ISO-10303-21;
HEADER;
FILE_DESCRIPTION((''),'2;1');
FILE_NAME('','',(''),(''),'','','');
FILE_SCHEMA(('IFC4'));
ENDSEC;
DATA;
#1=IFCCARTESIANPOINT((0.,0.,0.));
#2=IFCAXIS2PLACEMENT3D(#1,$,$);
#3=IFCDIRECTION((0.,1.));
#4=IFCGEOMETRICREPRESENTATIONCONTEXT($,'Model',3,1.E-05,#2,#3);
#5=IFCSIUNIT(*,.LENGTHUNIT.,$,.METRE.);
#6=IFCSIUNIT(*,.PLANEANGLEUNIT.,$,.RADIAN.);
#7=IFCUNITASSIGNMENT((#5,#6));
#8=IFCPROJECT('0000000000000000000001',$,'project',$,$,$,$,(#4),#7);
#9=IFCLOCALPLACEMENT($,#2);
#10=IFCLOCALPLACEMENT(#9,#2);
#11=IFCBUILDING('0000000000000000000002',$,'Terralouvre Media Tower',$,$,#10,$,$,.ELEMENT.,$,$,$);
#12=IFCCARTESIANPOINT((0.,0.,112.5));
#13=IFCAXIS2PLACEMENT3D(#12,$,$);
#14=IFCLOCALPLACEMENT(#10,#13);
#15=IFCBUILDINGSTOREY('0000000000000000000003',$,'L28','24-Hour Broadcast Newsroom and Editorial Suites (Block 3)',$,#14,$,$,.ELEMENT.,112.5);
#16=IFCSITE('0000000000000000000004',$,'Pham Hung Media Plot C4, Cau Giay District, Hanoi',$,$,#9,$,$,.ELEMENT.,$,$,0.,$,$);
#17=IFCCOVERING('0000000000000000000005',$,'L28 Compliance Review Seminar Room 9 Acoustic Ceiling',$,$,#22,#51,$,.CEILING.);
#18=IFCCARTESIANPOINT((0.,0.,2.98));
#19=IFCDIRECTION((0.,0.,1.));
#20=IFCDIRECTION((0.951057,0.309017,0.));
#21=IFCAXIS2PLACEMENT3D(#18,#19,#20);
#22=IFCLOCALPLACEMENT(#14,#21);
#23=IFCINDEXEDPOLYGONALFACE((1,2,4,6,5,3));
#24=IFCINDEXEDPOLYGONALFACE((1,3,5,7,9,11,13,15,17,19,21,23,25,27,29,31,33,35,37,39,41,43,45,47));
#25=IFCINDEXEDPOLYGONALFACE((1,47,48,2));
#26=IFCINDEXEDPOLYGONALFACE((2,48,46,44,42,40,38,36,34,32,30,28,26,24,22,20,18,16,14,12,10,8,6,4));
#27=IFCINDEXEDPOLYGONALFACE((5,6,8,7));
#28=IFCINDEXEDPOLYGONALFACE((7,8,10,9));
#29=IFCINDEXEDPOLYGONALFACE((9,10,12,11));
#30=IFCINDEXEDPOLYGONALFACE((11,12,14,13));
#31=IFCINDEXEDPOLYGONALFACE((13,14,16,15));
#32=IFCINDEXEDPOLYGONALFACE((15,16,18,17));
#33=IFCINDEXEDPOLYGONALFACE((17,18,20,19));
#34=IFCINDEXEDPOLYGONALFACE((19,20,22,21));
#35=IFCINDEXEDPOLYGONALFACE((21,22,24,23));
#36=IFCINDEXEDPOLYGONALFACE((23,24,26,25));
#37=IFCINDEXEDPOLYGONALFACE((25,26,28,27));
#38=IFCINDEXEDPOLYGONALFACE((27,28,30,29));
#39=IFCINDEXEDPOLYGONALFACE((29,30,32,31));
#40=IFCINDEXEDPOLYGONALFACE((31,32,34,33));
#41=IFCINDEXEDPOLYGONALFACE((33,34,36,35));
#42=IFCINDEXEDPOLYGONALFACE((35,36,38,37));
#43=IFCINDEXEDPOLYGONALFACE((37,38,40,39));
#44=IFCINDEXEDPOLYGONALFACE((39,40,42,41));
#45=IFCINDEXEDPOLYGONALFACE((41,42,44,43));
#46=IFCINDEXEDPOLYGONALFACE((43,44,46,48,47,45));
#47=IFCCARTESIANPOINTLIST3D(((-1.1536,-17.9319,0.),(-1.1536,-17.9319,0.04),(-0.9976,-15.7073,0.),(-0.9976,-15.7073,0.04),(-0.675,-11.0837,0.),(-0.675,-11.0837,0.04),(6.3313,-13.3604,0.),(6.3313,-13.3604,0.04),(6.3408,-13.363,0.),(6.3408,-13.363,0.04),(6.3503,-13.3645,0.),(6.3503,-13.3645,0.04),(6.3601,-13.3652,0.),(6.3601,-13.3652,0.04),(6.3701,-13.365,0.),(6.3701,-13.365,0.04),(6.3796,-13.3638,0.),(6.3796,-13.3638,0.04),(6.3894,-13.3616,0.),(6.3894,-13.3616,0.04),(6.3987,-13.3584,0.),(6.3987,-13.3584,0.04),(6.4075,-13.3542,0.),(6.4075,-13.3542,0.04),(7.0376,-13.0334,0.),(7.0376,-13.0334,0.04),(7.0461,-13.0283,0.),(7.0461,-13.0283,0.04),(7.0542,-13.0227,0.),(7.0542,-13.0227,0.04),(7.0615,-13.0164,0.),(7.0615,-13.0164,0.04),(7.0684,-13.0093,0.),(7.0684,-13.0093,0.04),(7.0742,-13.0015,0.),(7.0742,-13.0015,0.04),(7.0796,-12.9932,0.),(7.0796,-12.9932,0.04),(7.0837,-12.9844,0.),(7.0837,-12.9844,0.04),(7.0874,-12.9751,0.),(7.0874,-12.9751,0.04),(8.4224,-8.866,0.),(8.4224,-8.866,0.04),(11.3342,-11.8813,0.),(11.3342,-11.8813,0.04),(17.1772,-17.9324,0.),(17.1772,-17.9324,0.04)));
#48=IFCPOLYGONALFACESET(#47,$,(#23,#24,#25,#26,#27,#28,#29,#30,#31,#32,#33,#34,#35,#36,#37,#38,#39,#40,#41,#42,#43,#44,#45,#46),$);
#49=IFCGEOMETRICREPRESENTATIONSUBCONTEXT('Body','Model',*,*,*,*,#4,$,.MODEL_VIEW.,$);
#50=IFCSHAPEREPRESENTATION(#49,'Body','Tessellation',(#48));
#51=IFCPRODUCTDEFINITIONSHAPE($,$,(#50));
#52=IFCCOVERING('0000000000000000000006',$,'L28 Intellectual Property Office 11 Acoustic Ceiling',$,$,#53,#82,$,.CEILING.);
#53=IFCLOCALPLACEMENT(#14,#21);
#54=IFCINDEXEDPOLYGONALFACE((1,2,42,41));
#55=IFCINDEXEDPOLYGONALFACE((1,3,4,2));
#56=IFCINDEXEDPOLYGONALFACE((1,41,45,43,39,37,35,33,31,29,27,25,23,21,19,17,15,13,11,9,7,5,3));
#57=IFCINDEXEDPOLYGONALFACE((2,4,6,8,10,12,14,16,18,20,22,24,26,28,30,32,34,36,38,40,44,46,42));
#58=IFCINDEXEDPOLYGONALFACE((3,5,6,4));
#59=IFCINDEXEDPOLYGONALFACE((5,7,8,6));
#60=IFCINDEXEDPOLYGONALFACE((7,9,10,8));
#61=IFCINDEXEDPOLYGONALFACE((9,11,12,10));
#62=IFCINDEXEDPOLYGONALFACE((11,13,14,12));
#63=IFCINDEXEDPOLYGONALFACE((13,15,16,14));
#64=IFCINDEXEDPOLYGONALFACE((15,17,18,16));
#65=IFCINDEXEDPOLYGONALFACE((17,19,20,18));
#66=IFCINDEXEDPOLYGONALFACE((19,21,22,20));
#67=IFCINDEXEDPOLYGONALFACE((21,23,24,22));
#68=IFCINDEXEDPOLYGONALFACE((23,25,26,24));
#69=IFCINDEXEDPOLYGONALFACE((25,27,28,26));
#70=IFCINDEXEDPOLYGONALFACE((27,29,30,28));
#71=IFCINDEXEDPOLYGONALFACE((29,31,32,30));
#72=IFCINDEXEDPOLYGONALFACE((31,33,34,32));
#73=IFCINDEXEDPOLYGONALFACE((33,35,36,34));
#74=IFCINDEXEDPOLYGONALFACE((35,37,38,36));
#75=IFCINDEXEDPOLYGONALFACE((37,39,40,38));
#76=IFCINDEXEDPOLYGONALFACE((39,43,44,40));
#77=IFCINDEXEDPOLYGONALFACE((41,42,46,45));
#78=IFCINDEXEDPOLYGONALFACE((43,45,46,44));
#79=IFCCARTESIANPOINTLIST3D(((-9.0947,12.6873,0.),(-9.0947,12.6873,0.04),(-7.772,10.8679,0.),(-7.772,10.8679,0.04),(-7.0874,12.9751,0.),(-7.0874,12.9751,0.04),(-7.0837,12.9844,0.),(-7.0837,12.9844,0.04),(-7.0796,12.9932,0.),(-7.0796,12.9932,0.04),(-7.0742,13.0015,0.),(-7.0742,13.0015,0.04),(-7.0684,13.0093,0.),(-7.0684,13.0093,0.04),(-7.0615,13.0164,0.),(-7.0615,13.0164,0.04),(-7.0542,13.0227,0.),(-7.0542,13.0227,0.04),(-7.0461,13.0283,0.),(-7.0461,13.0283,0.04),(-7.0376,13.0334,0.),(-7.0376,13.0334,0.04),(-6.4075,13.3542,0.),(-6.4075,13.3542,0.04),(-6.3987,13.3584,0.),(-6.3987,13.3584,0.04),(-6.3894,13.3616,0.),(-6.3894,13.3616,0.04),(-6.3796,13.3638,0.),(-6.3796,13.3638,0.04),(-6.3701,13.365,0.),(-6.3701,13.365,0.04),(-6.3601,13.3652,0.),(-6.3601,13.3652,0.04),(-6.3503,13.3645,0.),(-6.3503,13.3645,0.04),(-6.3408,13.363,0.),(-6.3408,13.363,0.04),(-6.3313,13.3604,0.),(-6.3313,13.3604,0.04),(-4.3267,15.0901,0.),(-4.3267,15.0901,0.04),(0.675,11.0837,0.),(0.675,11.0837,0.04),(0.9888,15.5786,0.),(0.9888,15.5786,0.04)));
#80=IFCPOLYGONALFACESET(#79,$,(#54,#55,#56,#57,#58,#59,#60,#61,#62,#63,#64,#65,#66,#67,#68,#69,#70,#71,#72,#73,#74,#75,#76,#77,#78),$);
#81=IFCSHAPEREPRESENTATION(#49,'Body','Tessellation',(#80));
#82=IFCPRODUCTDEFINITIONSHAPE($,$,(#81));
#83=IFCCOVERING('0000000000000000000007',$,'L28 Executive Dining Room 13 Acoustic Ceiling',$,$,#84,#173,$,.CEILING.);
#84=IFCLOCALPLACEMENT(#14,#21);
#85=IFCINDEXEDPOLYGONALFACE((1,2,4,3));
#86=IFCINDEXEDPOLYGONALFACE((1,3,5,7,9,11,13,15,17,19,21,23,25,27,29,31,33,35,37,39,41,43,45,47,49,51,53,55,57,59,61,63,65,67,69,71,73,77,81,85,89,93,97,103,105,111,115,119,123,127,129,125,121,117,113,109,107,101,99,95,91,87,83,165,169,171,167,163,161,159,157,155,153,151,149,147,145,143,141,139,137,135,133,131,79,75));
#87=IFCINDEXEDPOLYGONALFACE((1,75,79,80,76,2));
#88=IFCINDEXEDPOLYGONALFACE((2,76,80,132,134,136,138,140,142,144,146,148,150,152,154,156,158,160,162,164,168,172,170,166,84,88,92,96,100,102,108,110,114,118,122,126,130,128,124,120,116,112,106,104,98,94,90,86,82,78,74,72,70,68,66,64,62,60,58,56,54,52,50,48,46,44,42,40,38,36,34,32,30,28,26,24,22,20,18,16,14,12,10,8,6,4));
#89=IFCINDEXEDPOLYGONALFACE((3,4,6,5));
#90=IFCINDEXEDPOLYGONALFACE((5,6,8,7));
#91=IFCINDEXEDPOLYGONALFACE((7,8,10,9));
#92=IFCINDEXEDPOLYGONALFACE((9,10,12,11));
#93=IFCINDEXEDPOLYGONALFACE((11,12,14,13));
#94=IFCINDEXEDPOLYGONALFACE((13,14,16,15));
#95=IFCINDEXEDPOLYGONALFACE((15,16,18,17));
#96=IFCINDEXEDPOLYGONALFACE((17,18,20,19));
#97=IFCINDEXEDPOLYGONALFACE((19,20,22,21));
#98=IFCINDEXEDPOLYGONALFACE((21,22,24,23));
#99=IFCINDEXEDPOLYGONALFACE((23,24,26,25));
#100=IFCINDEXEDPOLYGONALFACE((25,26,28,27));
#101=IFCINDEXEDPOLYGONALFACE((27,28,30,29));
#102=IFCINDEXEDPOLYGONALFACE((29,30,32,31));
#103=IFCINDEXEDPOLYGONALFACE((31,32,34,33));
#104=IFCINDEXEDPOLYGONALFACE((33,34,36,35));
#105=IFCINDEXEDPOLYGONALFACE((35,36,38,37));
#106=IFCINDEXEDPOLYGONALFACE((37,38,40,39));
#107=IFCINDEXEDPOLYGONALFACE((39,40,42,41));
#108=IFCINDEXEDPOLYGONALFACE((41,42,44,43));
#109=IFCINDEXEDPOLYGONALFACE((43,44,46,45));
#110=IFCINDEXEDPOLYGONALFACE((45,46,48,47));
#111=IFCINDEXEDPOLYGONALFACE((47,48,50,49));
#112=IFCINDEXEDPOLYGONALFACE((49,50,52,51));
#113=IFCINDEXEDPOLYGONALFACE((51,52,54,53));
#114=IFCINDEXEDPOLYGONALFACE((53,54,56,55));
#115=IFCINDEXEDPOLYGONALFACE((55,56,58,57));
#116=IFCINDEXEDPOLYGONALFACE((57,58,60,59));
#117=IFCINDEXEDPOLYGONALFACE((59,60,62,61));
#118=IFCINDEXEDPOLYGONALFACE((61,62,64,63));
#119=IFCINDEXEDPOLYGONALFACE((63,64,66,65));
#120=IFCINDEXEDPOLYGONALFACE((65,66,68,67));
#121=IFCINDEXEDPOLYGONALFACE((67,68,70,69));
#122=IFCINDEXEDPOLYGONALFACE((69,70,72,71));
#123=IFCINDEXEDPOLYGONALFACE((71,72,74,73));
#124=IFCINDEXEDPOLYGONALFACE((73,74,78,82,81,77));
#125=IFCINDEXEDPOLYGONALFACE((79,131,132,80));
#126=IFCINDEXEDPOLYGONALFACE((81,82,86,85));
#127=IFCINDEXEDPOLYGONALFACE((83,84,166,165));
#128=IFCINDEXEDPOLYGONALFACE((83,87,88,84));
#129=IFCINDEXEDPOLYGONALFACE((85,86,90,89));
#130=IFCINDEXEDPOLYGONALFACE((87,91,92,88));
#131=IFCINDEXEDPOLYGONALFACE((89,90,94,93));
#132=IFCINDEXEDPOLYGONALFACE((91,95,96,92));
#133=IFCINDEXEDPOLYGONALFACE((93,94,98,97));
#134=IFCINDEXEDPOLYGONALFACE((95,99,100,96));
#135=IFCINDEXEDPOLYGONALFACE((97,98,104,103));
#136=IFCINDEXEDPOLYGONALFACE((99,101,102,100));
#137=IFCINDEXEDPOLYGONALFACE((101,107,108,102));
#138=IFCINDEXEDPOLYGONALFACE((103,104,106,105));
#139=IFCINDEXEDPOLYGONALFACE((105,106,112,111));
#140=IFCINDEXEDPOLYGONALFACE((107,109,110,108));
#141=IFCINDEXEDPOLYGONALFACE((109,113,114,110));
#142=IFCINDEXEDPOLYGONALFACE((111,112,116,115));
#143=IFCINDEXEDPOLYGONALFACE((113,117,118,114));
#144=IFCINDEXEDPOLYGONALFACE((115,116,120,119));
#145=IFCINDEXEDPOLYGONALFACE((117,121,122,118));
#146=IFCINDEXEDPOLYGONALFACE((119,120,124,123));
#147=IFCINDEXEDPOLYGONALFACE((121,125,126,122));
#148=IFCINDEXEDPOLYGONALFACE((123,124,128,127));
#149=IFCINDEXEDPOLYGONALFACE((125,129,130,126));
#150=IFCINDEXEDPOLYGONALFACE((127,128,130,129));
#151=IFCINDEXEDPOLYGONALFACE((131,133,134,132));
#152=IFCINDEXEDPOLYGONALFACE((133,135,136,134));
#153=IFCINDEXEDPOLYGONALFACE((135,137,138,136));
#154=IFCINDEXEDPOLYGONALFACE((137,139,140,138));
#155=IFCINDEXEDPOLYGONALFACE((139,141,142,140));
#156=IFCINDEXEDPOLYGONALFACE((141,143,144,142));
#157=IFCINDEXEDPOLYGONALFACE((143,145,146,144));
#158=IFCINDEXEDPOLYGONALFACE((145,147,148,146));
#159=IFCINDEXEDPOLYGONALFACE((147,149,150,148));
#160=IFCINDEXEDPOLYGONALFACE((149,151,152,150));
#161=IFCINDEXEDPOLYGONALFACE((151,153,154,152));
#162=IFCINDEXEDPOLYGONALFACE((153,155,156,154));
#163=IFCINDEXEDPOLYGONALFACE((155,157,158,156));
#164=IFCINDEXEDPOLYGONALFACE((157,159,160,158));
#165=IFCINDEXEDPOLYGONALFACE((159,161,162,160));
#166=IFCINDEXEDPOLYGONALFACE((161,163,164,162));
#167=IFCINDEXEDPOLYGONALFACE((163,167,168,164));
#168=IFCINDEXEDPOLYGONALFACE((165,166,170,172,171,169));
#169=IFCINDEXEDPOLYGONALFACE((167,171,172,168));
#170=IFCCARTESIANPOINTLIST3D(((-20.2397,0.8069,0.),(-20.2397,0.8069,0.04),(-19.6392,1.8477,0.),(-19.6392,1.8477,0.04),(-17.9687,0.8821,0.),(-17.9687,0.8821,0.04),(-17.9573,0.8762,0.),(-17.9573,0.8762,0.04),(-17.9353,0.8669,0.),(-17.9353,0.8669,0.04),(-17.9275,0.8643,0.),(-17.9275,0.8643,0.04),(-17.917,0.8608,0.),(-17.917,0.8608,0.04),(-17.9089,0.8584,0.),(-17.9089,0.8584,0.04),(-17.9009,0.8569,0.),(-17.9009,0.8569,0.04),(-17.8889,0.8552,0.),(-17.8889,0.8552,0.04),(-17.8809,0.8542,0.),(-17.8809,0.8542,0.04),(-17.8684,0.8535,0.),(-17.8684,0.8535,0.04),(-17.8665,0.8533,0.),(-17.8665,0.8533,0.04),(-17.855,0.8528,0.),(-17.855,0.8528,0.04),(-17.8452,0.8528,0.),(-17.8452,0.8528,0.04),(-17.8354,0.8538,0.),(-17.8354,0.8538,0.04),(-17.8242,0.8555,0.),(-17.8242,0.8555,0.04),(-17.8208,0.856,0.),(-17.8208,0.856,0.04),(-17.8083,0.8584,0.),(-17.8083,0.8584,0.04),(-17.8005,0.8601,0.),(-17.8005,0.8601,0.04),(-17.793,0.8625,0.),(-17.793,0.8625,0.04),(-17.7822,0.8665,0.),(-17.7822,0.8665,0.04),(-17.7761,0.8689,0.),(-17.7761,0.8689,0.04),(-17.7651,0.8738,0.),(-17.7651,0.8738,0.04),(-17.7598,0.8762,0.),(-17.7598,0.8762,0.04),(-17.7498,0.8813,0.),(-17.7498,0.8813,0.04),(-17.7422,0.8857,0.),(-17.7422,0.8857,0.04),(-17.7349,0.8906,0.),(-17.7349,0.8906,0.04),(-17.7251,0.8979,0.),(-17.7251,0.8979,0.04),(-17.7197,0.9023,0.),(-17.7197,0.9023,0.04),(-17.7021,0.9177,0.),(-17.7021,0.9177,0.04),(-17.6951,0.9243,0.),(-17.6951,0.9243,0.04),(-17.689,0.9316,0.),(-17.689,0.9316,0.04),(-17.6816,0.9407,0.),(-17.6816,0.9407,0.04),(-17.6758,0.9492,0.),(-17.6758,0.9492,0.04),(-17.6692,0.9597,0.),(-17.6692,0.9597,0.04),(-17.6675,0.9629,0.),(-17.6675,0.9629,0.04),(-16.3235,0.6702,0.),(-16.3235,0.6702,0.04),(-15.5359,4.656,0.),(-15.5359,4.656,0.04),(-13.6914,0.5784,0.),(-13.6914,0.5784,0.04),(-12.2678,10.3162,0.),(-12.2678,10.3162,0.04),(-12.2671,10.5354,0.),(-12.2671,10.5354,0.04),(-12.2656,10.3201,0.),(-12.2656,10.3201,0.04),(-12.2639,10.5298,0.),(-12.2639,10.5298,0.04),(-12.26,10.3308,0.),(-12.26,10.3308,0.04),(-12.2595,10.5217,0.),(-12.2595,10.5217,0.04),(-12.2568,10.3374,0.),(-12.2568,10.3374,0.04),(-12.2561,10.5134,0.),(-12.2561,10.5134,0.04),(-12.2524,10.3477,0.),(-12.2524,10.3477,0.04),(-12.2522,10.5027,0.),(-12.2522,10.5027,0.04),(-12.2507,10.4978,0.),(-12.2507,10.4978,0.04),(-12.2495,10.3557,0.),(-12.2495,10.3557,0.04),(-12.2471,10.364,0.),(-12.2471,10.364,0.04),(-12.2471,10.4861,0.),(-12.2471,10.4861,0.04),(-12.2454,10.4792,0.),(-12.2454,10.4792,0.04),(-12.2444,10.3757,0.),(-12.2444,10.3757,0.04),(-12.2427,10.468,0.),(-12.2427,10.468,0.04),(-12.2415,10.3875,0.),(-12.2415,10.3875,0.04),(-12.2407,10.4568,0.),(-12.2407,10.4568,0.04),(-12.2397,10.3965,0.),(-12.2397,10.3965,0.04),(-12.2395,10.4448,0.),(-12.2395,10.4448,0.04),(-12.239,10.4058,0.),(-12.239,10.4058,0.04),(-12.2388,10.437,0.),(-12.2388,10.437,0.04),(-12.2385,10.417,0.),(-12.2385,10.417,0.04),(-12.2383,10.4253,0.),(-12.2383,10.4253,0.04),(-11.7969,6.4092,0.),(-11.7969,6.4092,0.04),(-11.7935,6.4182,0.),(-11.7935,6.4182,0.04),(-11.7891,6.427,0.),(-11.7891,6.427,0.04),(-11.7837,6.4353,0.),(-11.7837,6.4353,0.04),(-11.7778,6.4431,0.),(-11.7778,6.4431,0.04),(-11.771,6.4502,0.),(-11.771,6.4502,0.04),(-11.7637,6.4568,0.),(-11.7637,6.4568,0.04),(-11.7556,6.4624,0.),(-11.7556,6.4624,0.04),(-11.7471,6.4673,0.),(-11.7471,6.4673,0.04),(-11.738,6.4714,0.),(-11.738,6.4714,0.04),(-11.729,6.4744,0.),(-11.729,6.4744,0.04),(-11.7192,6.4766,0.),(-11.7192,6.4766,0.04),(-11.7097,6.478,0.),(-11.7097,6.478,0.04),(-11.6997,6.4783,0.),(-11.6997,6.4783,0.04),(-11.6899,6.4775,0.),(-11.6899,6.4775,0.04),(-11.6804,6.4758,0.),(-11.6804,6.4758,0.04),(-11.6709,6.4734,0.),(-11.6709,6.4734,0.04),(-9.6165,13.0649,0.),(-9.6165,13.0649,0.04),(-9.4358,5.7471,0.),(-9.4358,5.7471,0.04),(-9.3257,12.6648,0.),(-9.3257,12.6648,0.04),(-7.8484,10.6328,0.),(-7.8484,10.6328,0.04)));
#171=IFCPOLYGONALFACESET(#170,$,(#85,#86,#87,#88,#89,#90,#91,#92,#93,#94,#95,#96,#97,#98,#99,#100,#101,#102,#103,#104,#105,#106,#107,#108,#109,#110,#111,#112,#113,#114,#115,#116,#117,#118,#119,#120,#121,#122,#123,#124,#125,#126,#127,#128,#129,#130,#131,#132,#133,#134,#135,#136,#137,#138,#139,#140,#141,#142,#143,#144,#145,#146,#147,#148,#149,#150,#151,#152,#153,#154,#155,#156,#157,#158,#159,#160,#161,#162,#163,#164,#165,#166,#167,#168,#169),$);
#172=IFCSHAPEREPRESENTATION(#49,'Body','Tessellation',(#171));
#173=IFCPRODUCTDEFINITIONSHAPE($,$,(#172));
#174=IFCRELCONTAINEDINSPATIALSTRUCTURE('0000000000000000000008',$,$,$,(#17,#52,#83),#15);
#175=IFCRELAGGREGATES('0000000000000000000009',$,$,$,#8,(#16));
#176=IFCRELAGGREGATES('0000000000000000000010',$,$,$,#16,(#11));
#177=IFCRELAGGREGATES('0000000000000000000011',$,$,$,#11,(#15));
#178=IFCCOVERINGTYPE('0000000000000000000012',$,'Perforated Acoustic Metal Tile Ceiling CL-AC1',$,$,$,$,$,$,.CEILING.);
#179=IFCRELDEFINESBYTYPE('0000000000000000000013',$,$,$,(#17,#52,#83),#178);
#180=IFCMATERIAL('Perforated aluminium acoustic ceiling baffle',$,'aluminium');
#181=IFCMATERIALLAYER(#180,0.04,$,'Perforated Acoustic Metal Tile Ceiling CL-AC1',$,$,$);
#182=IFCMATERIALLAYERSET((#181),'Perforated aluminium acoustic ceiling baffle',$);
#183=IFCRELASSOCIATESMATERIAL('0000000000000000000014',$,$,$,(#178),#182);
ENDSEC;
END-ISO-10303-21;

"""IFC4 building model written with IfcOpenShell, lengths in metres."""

from ifc_helpers import new_model, si_unit, direction, frame, origin, place, context, subcontext, project, spatial, polyline, outline, extrude, material, layer, layer_set, type_object, element, save


model = new_model("IFC4")

# Units and contexts
model_context = context("Model", 3, precision=1e-05, world=origin(), true_north=direction((0.0, 1.0)))
body_context = subcontext(model_context, "Body", "Model", "MODEL_VIEW")
ifc_project = project(units=[si_unit("LENGTHUNIT", "METRE"), si_unit("PLANEANGLEUNIT", "RADIAN")], contexts=[model_context])

# Site, building, storey
site_placement = place(None, origin())
site = spatial("IfcSite", under=ifc_project, at=site_placement, Name="Pham Hung Media Plot C4, Cau Giay District, Hanoi", CompositionType="ELEMENT", RefElevation=0.0)
building_placement = place(site_placement, origin())
building = spatial("IfcBuilding", under=site, at=building_placement, Name="Terralouvre Media Tower", CompositionType="ELEMENT")
storey_placement = place(building_placement, frame((0.0, 0.0, 112.5)))
storey = spatial("IfcBuildingStorey", under=building, at=storey_placement, Name="L28", Description="24-Hour Broadcast Newsroom and Editorial Suites (Block 3)", CompositionType="ELEMENT", Elevation=112.5)

# Coverings
ifc_material_1 = material(Name="Perforated aluminium acoustic ceiling baffle", Category="aluminium")
ifc_layer_1 = layer(ifc_material_1, 0.04, Name="Perforated Acoustic Metal Tile Ceiling CL-AC1")
ifc_layer_set_1 = layer_set([ifc_layer_1], Name="Perforated aluminium acoustic ceiling baffle")
covering_type = type_object("IfcCoveringType", Name="Perforated Acoustic Metal Tile Ceiling CL-AC1", PredefinedType="CEILING", material=ifc_layer_set_1)
covering_1_placement = place(storey_placement, frame((0.0, 0.0, 2.98), z_axis=(0.0, 0.0, 1.0), x_axis=(0.951057, 0.309017, 0.0)))
element("IfcCovering", 1, at=covering_1_placement, inside=storey, type_object=covering_type, Name="L28 Compliance Review Seminar Room 9 Acoustic Ceiling", PredefinedType="CEILING", context=body_context, shape_type="SweptSolid", body=[
    extrude(outline(polyline([(8.4224, -8.866), (7.0874, -12.9751), (7.0837, -12.9844), (7.0796, -12.9932), (7.0742, -13.0015), (7.0684, -13.0093), (7.0615, -13.0164), (7.0542, -13.0227), (7.0461, -13.0283), (7.0376, -13.0334), (6.4075, -13.3542), (6.3987, -13.3584), (6.3894, -13.3616), (6.3796, -13.3638), (6.3701, -13.365), (6.3601, -13.3652), (6.3503, -13.3645), (6.3408, -13.363), (6.3313, -13.3604), (-0.675, -11.0837), (-0.9976, -15.7073), (-1.1536, -17.9319), (17.1772, -17.9324), (11.3342, -11.8813), (8.4224, -8.866)])), origin(), (0.0, 0.0, 1.0), 0.04),
])
covering_2_placement = place(storey_placement, frame((0.0, 0.0, 2.98), z_axis=(0.0, 0.0, 1.0), x_axis=(0.951057, 0.309017, 0.0)))
element("IfcCovering", 2, at=covering_2_placement, inside=storey, type_object=covering_type, Name="L28 Intellectual Property Office 11 Acoustic Ceiling", PredefinedType="CEILING", context=body_context, shape_type="SweptSolid", body=[
    extrude(outline(polyline([(-4.3267, 15.0901), (-9.0947, 12.6873), (-7.772, 10.8679), (-7.0874, 12.9751), (-7.0837, 12.9844), (-7.0796, 12.9932), (-7.0742, 13.0015), (-7.0684, 13.0093), (-7.0615, 13.0164), (-7.0542, 13.0227), (-7.0461, 13.0283), (-7.0376, 13.0334), (-6.4075, 13.3542), (-6.3987, 13.3584), (-6.3894, 13.3616), (-6.3796, 13.3638), (-6.3701, 13.365), (-6.3601, 13.3652), (-6.3503, 13.3645), (-6.3408, 13.363), (-6.3313, 13.3604), (0.675, 11.0837), (0.9888, 15.5786), (-4.3267, 15.0901)])), origin(), (0.0, 0.0, 1.0), 0.04),
])
covering_3_placement = place(storey_placement, frame((0.0, 0.0, 2.98), z_axis=(0.0, 0.0, 1.0), x_axis=(0.951057, 0.309017, 0.0)))
element("IfcCovering", 3, at=covering_3_placement, inside=storey, type_object=covering_type, Name="L28 Executive Dining Room 13 Acoustic Ceiling", PredefinedType="CEILING", context=body_context, shape_type="SweptSolid", body=[
    extrude(outline(polyline([(-16.3235, 0.6702), (-13.6914, 0.5784), (-11.7969, 6.4092), (-11.7935, 6.4182), (-11.7891, 6.427), (-11.7837, 6.4353), (-11.7778, 6.4431), (-11.771, 6.4502), (-11.7637, 6.4568), (-11.7556, 6.4624), (-11.7471, 6.4673), (-11.738, 6.4714), (-11.729, 6.4744), (-11.7192, 6.4766), (-11.7097, 6.478), (-11.6997, 6.4783), (-11.6899, 6.4775), (-11.6804, 6.4758), (-11.6709, 6.4734), (-9.4358, 5.7471), (-7.8484, 10.6328), (-9.3257, 12.6648), (-9.6165, 13.0649), (-12.2671, 10.5354), (-12.2639, 10.5298), (-12.2595, 10.5217), (-12.2561, 10.5134), (-12.2522, 10.5027), (-12.2507, 10.4978), (-12.2471, 10.4861), (-12.2454, 10.4792), (-12.2427, 10.468), (-12.2407, 10.4568), (-12.2395, 10.4448), (-12.2388, 10.437), (-12.2383, 10.4253), (-12.2385, 10.417), (-12.239, 10.4058), (-12.2397, 10.3965), (-12.2415, 10.3875), (-12.2444, 10.3757), (-12.2471, 10.364), (-12.2495, 10.3557), (-12.2524, 10.3477), (-12.2568, 10.3374), (-12.26, 10.3308), (-12.2656, 10.3201), (-12.2678, 10.3162), (-15.5359, 4.656), (-17.6675, 0.9629), (-17.6692, 0.9597), (-17.6758, 0.9492), (-17.6816, 0.9407), (-17.689, 0.9316), (-17.6951, 0.9243), (-17.7021, 0.9177), (-17.7197, 0.9023), (-17.7251, 0.8979), (-17.7349, 0.8906), (-17.7422, 0.8857), (-17.7498, 0.8813), (-17.7598, 0.8762), (-17.7651, 0.8738), (-17.7761, 0.8689), (-17.7822, 0.8665), (-17.793, 0.8625), (-17.8005, 0.8601), (-17.8083, 0.8584), (-17.8208, 0.856), (-17.8242, 0.8555), (-17.8354, 0.8538), (-17.8452, 0.8528), (-17.855, 0.8528), (-17.8665, 0.8533), (-17.8684, 0.8535), (-17.8809, 0.8542), (-17.8889, 0.8552), (-17.9009, 0.8569), (-17.9089, 0.8584), (-17.917, 0.8608), (-17.9275, 0.8643), (-17.9353, 0.8669), (-17.9573, 0.8762), (-17.9688, 0.8821), (-19.6392, 1.8477), (-20.2397, 0.8069), (-16.3235, 0.6702)])), origin(), (0.0, 0.0, 1.0), 0.04),
])

save(model, "model.ifc")
